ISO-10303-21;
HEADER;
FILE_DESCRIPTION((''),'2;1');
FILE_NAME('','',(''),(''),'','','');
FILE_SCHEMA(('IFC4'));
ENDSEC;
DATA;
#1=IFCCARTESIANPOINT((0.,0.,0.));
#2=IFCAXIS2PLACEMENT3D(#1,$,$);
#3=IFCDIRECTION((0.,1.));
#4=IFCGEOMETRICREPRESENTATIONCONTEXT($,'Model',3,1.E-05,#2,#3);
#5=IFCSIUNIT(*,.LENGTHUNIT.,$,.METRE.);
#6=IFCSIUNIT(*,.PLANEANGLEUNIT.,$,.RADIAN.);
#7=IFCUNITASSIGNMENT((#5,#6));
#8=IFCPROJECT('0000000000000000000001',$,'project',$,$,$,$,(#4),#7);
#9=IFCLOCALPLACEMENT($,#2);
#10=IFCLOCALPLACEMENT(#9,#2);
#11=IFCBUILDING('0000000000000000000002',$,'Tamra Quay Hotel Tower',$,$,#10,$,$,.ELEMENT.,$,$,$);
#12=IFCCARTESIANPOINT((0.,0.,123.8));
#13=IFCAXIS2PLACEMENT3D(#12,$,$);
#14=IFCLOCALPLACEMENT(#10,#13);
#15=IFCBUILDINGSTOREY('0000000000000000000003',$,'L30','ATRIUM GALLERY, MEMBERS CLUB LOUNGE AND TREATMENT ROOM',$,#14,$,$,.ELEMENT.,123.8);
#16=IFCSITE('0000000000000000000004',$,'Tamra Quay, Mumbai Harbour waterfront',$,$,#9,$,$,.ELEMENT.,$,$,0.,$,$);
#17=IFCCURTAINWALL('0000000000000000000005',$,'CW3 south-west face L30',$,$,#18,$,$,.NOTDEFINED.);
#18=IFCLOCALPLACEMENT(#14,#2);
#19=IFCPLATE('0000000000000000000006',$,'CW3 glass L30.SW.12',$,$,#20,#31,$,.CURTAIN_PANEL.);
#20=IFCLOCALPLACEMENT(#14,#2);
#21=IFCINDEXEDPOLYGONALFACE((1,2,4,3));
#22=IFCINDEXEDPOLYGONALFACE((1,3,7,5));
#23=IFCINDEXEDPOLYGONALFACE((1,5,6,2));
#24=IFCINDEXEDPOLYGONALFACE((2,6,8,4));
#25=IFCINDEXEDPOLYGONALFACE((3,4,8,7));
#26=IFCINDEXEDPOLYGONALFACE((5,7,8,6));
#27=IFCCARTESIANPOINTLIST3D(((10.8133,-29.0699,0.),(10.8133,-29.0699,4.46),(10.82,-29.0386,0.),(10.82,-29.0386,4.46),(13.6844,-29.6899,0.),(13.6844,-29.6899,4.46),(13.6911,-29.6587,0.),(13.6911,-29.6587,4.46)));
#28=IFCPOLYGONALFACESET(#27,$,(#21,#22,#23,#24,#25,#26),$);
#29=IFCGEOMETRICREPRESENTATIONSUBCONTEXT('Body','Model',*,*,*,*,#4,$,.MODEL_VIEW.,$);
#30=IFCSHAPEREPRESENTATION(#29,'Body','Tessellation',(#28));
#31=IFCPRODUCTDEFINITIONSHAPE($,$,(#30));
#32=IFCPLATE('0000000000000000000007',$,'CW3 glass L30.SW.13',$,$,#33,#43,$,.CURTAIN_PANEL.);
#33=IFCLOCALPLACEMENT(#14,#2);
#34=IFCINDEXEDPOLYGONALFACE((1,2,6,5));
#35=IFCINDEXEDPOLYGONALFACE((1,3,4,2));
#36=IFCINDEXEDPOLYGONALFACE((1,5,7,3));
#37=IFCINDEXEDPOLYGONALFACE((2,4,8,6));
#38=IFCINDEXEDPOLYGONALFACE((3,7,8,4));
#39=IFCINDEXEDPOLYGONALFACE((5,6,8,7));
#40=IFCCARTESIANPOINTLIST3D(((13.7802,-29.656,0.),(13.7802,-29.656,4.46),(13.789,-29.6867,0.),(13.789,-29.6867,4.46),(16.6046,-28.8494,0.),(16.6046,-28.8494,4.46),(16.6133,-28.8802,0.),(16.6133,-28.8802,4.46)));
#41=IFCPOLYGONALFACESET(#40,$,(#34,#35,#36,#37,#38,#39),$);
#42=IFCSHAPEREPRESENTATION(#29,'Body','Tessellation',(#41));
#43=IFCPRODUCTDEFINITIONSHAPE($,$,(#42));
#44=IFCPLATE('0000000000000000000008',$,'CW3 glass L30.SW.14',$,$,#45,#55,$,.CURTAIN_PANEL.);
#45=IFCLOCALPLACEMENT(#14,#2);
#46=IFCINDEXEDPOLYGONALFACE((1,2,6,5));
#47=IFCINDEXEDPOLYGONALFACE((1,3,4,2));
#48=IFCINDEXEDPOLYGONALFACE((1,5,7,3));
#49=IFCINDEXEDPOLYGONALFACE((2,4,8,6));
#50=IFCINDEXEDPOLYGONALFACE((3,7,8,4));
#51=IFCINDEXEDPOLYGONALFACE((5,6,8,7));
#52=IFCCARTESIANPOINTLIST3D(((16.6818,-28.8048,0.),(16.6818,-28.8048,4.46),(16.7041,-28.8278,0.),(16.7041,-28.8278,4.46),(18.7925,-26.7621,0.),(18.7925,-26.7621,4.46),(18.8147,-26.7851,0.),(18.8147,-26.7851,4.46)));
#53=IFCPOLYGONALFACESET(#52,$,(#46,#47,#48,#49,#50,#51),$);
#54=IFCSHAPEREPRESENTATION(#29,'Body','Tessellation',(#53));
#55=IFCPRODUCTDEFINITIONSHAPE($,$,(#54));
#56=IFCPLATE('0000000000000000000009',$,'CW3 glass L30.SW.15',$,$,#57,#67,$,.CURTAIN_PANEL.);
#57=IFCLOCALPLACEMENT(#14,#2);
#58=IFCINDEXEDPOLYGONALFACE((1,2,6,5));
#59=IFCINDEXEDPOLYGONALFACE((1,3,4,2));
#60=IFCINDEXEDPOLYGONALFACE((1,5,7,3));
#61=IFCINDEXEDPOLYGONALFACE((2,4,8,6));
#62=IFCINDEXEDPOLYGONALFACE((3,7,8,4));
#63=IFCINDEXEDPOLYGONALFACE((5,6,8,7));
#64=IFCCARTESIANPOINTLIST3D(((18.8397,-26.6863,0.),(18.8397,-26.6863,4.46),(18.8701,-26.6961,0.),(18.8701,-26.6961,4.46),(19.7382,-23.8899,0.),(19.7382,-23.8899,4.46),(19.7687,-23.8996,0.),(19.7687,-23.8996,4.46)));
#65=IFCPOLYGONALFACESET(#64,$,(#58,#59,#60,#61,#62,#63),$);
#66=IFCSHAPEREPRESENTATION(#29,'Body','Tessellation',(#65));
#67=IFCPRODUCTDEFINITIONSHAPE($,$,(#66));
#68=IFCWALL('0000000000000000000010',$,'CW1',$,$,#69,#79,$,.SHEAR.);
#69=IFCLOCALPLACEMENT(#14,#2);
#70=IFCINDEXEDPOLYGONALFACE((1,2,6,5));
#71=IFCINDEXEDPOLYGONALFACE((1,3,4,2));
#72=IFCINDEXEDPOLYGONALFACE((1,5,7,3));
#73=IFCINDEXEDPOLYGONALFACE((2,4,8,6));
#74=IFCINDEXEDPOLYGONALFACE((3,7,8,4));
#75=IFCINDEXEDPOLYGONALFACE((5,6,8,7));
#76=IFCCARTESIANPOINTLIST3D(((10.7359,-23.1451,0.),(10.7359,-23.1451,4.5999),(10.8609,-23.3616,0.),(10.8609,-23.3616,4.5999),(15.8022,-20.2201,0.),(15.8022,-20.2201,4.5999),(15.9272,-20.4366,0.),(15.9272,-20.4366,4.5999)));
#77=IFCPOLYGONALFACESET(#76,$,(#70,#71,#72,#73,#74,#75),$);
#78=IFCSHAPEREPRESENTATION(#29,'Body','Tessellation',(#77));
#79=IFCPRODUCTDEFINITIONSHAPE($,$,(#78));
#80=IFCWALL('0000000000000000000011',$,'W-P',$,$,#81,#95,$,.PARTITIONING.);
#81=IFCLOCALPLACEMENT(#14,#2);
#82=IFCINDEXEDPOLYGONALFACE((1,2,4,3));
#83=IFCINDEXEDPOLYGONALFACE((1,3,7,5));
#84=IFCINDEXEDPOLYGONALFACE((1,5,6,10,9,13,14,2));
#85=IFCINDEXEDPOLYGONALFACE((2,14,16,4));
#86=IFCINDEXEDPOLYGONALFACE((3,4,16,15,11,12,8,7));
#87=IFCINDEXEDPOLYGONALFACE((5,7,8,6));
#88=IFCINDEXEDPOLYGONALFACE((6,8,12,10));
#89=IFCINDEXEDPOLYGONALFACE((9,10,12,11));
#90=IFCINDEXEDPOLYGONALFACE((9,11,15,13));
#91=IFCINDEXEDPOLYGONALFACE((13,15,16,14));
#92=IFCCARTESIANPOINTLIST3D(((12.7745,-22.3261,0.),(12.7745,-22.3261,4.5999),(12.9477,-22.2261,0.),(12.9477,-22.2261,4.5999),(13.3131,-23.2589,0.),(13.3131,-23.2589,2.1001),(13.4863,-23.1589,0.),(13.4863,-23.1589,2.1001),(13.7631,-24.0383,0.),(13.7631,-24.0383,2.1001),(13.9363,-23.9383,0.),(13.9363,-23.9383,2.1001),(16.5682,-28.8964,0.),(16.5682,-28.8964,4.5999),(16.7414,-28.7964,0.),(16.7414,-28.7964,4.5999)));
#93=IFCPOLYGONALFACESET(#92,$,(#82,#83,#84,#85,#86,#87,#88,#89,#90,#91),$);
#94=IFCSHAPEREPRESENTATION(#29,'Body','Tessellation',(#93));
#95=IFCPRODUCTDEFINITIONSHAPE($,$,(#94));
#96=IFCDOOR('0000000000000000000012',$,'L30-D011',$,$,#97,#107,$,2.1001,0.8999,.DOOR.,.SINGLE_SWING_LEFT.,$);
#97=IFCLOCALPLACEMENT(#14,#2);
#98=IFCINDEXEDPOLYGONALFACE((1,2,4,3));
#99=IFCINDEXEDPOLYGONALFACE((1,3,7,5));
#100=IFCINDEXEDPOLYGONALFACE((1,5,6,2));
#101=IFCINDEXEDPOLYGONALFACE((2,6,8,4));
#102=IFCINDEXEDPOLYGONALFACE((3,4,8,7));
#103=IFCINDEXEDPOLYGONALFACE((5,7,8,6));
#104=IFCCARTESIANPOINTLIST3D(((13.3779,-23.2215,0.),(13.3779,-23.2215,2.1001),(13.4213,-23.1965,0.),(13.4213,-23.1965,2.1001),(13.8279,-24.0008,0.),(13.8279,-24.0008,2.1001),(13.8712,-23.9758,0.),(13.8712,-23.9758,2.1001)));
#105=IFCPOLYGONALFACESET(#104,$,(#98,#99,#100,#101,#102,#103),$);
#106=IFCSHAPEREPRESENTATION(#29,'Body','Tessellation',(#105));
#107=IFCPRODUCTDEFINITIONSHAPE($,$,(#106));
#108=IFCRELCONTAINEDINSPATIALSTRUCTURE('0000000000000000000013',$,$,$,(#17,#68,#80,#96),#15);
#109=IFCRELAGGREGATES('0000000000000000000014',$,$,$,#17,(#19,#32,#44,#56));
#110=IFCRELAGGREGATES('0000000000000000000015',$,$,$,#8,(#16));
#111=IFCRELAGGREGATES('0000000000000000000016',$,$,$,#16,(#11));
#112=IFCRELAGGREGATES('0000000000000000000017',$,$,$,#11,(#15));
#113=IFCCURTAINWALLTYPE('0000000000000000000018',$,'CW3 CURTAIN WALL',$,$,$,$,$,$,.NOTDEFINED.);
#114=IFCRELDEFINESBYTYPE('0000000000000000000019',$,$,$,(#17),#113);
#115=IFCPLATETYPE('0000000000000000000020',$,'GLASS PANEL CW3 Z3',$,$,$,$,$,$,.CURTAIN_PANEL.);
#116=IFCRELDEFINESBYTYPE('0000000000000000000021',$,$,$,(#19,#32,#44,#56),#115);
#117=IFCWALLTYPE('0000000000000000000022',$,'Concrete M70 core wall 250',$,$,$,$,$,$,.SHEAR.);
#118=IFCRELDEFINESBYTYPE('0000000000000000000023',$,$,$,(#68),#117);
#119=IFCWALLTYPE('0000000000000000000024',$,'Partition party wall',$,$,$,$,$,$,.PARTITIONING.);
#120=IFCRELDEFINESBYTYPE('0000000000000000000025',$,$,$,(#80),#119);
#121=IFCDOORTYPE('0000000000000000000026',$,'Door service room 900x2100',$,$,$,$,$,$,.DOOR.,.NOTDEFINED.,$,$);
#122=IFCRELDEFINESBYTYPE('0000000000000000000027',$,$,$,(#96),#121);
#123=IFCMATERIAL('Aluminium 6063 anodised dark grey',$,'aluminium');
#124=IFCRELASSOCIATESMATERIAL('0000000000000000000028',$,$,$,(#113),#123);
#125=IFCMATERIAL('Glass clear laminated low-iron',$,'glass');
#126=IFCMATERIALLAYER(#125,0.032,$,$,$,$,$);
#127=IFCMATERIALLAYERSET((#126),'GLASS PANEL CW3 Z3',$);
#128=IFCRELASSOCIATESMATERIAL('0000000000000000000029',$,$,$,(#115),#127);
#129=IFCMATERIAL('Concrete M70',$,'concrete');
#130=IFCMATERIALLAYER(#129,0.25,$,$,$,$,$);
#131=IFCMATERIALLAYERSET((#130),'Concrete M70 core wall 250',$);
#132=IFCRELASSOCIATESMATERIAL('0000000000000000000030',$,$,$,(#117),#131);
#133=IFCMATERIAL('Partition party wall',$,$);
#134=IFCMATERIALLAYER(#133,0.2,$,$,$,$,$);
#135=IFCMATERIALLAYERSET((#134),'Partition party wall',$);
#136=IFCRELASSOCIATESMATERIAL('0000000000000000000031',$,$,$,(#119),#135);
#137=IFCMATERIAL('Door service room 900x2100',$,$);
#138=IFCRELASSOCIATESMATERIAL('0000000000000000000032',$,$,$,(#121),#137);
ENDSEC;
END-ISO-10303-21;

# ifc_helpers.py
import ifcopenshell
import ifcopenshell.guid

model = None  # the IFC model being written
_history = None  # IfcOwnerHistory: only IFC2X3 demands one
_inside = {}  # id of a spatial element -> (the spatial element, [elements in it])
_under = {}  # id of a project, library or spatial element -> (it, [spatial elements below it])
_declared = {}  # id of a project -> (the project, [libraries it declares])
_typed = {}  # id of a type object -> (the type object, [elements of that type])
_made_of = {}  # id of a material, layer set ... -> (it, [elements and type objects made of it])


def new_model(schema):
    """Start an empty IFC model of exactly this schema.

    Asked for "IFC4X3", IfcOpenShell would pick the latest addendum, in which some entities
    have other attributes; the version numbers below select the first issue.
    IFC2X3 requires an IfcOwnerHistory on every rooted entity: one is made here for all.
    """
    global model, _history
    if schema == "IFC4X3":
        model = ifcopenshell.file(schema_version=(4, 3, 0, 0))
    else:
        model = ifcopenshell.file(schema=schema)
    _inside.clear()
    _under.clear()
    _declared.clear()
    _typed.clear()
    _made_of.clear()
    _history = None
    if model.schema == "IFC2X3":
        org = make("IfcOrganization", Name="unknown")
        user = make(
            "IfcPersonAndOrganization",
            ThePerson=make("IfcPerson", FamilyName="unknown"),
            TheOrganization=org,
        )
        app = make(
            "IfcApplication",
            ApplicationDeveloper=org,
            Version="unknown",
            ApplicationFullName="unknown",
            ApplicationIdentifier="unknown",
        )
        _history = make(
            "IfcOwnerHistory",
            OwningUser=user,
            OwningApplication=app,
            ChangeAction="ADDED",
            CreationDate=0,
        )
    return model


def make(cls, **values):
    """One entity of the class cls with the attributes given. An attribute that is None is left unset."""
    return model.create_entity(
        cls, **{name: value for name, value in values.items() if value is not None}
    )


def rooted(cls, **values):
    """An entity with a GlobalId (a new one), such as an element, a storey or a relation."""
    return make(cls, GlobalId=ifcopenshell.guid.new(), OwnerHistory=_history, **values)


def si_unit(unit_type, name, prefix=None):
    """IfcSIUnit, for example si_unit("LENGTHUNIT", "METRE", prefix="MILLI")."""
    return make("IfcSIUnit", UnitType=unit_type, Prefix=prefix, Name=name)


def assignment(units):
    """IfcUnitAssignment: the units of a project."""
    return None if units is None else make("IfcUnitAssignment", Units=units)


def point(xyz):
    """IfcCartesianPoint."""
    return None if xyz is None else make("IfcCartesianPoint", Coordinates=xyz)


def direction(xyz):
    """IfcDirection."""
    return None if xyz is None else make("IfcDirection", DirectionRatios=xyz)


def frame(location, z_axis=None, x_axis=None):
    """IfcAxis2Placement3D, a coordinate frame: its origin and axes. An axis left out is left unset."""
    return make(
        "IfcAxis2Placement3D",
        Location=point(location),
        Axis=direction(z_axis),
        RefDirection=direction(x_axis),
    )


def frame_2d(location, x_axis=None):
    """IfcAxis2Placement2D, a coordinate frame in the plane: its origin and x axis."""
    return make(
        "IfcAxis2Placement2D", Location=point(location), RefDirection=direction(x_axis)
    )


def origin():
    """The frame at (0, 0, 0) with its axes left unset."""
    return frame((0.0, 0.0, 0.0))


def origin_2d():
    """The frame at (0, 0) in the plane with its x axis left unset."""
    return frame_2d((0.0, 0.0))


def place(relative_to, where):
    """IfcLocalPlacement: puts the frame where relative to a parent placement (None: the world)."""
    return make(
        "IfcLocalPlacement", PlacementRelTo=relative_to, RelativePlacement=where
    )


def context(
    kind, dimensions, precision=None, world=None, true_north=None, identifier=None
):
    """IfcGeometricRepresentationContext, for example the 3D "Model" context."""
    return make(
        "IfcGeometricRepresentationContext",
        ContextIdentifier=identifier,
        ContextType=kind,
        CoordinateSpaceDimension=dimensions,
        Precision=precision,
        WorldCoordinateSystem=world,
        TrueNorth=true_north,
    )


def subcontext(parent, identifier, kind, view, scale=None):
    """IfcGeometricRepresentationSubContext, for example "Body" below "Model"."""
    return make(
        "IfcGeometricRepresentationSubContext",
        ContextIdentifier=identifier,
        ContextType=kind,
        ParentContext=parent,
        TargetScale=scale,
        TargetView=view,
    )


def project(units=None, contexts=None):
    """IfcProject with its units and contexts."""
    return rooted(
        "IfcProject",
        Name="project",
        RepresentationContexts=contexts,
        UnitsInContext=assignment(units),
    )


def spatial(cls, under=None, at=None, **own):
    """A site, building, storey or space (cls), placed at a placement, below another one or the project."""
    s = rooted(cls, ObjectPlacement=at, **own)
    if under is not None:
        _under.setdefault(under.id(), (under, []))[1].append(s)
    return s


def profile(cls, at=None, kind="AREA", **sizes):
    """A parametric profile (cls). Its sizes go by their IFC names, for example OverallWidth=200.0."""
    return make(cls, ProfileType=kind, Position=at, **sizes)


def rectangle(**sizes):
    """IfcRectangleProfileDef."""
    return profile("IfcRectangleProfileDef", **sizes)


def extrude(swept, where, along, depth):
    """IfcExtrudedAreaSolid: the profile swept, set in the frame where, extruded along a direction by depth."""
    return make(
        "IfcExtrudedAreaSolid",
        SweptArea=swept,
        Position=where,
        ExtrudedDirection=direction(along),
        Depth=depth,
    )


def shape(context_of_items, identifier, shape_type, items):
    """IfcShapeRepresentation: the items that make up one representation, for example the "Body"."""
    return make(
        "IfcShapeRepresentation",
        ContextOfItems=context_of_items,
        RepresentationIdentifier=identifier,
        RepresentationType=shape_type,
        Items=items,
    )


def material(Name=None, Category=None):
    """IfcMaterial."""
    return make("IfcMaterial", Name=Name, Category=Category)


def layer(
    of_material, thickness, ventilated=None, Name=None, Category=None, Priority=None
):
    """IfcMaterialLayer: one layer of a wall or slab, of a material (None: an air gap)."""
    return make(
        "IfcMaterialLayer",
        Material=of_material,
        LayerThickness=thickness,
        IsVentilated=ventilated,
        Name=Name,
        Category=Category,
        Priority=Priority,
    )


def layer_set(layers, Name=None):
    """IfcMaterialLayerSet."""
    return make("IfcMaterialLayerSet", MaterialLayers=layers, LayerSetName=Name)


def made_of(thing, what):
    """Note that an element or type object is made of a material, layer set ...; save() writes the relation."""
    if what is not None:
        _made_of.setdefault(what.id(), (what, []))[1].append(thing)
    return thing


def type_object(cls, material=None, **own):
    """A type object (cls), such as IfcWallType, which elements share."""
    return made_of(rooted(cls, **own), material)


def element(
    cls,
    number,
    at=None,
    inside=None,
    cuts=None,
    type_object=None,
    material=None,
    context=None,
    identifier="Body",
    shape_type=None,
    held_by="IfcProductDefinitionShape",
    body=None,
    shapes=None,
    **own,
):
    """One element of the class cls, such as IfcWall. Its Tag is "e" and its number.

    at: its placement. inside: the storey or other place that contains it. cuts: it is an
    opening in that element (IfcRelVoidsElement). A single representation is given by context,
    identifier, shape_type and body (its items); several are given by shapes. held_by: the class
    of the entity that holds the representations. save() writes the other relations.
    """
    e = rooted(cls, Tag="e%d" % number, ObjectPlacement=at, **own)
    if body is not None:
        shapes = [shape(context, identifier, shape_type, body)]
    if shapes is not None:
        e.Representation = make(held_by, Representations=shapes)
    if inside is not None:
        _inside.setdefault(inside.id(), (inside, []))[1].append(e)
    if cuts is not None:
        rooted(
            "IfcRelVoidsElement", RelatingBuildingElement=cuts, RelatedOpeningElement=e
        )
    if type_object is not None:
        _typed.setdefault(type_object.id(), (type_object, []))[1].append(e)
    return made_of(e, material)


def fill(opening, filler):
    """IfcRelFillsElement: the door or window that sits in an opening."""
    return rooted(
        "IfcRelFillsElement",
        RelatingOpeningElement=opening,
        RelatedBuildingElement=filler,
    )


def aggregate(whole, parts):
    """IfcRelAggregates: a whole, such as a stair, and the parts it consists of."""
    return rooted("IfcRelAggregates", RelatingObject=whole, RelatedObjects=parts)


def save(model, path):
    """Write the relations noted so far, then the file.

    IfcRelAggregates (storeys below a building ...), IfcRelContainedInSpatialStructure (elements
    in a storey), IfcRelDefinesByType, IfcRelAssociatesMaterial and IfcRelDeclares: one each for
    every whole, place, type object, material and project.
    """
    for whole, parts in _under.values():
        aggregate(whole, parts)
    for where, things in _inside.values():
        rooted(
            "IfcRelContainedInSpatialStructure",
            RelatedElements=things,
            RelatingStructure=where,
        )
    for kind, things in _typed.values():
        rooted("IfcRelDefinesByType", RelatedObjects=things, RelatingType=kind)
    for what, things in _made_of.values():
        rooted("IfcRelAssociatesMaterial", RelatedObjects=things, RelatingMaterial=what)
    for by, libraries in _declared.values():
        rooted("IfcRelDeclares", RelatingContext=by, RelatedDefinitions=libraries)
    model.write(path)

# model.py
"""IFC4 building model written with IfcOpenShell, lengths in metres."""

from ifc_helpers import new_model, si_unit, direction, frame, frame_2d, origin, origin_2d, place, context, subcontext, project, spatial, rectangle, extrude, material, layer, layer_set, type_object, element, fill, aggregate, save


model = new_model("IFC4")

# Units and contexts
model_context = context("Model", 3, precision=1e-05, world=origin(), true_north=direction((0.0, 1.0)))
body_context = subcontext(model_context, "Body", "Model", "MODEL_VIEW")
ifc_project = project(units=[si_unit("LENGTHUNIT", "METRE"), si_unit("PLANEANGLEUNIT", "RADIAN")], contexts=[model_context])

# Site, building, storey
site_placement = place(None, origin())
site = spatial("IfcSite", under=ifc_project, at=site_placement, Name="Tamra Quay, Mumbai Harbour waterfront", CompositionType="ELEMENT", RefElevation=0.0)
building_placement = place(site_placement, origin())
building = spatial("IfcBuilding", under=site, at=building_placement, Name="Tamra Quay Hotel Tower", CompositionType="ELEMENT")
storey_placement = place(building_placement, frame((0.0, 0.0, 123.8)))
storey = spatial("IfcBuildingStorey", under=building, at=storey_placement, Name="L30", Description="ATRIUM GALLERY, MEMBERS CLUB LOUNGE AND TREATMENT ROOM", CompositionType="ELEMENT", Elevation=123.8)

# Shared definitions
ifc_material_1 = material(Name="Concrete M70", Category="concrete")

# Curtain wall
ifc_material_2 = material(Name="Aluminium 6063 anodised dark grey", Category="aluminium")
curtain_wall_type_1 = type_object("IfcCurtainWallType", Name="CW3 CURTAIN WALL", PredefinedType="NOTDEFINED", material=ifc_material_2)
curtain_wall_1_placement = place(storey_placement, origin())
curtain_wall_1 = element("IfcCurtainWall", 1, at=curtain_wall_1_placement, inside=storey, type_object=curtain_wall_type_1, Name="CW3 south-west face L30", PredefinedType="NOTDEFINED")

# Plates
ifc_material_3 = material(Name="Glass clear laminated low-iron", Category="glass")
ifc_layer_1 = layer(ifc_material_3, 0.032)
ifc_layer_set_1 = layer_set([ifc_layer_1], Name="GLASS PANEL CW3 Z3")
plate_type_1 = type_object("IfcPlateType", Name="GLASS PANEL CW3 Z3", PredefinedType="CURTAIN_PANEL", material=ifc_layer_set_1)
plate_1_placement = place(storey_placement, frame((12.2522, -29.3643, 0.0), z_axis=(0.0, 0.0, 1.0), x_axis=(0.977465, -0.211099, 0.0)))
plate_1 = element("IfcPlate", 2, at=plate_1_placement, type_object=plate_type_1, Name="CW3 glass L30.SW.12", PredefinedType="CURTAIN_PANEL", context=body_context, shape_type="SweptSolid", body=[
    extrude(rectangle(XDim=2.9373, YDim=0.032, at=origin_2d()), origin(), (0.0, 0.0, 1.0), 4.46),
])
plate_2_placement = place(storey_placement, frame((15.1968, -29.2681, 0.0), z_axis=(0.0, 0.0, 1.0), x_axis=(0.961561, 0.274593, 0.0)))
plate_2 = element("IfcPlate", 3, at=plate_2_placement, type_object=plate_type_1, Name="CW3 glass L30.SW.13", PredefinedType="CURTAIN_PANEL", context=body_context, shape_type="SweptSolid", body=[
    extrude(rectangle(XDim=2.9373, YDim=0.032, at=origin_2d()), origin(), (0.0, 0.0, 1.0), 4.46),
])
plate_3_placement = place(storey_placement, frame((17.7483, -27.7949, 0.0), z_axis=(0.0, 0.0, 1.0), x_axis=(0.718584, 0.69544, 0.0)))
plate_3 = element("IfcPlate", 4, at=plate_3_placement, type_object=plate_type_1, Name="CW3 glass L30.SW.14", PredefinedType="CURTAIN_PANEL", context=body_context, shape_type="SweptSolid", body=[
    extrude(rectangle(XDim=2.9373, YDim=0.032, at=origin_2d()), origin(), (0.0, 0.0, 1.0), 4.46),
])
plate_4_placement = place(storey_placement, frame((19.3042, -25.293, 0.0), z_axis=(0.0, 0.0, 1.0), x_axis=(0.305915, 0.952059, 0.0)))
plate_4 = element("IfcPlate", 5, at=plate_4_placement, type_object=plate_type_1, Name="CW3 glass L30.SW.15", PredefinedType="CURTAIN_PANEL", context=body_context, shape_type="SweptSolid", body=[
    extrude(rectangle(XDim=2.9373, YDim=0.032, at=origin_2d()), origin(), (0.0, 0.0, 1.0), 4.46),
])
aggregate(curtain_wall_1, [plate_1, plate_2, plate_3, plate_4])

# Wall
ifc_layer_2 = layer(ifc_material_1, 0.25)
ifc_layer_set_2 = layer_set([ifc_layer_2], Name="Concrete M70 core wall 250")
wall_type_1 = type_object("IfcWallType", Name="Concrete M70 core wall 250", PredefinedType="SHEAR", material=ifc_layer_set_2)
wall_1_placement = place(storey_placement, frame((15.8647, -20.3284, 0.0), z_axis=(0.0, 0.0, 1.0), x_axis=(-0.866029, -0.499995, 0.0)))
element("IfcWall", 6, at=wall_1_placement, inside=storey, type_object=wall_type_1, Name="CW1", PredefinedType="SHEAR", context=body_context, shape_type="SweptSolid", body=[
    extrude(rectangle(XDim=5.8501, YDim=0.25, at=frame_2d((2.925, 0.0))), origin(), (0.0, 0.0, 1.0), 4.5999),
])

# Wall, opening, door
ifc_material_4 = material(Name="Partition party wall")
ifc_layer_3 = layer(ifc_material_4, 0.2)
ifc_layer_set_3 = layer_set([ifc_layer_3], Name="Partition party wall")
wall_type_2 = type_object("IfcWallType", Name="Partition party wall", PredefinedType="PARTITIONING", material=ifc_layer_set_3)
wall_2_placement = place(storey_placement, frame((12.8611, -22.2761, 0.0), z_axis=(0.0, 0.0, 1.0), x_axis=(0.500033, -0.866007, 0.0)))
wall_2 = element("IfcWall", 7, at=wall_2_placement, inside=storey, type_object=wall_type_2, Name="W-P", PredefinedType="PARTITIONING", context=body_context, shape_type="SweptSolid", body=[
    extrude(rectangle(XDim=7.5869, YDim=0.2, at=frame_2d((3.7935, 0.0))), origin(), (0.0, 0.0, 1.0), 4.5999),
])
opening_placement = place(wall_2_placement, frame((1.0771, 0.0, 0.0)))
opening = element("IfcOpeningElement", 8, at=opening_placement, cuts=wall_2, PredefinedType="OPENING", context=body_context, shape_type="SweptSolid", body=[
    extrude(rectangle(XDim=0.8999, YDim=2.1001, at=frame_2d((0.45, 1.05))), frame((0.0, 0.1099, 0.0), z_axis=(0.0, -1.0, 0.0), x_axis=(1.0, 0.0, 0.0)), (0.0, 0.0, 1.0), 0.22),
])
ifc_material_5 = material(Name="Door service room 900x2100")
door_type = type_object("IfcDoorType", Name="Door service room 900x2100", OperationType="NOTDEFINED", PredefinedType="DOOR", material=ifc_material_5)
door_placement = place(opening_placement, origin())
door = element("IfcDoor", 9, at=door_placement, inside=storey, type_object=door_type, Name="L30-D011", OperationType="SINGLE_SWING_LEFT", OverallHeight=2.1001, OverallWidth=0.8999, PredefinedType="DOOR", context=body_context, shape_type="SweptSolid", body=[
    extrude(rectangle(XDim=0.8999, YDim=2.1001, at=frame_2d((0.45, 1.05))), frame((0.0, 0.0249, 0.0), z_axis=(0.0, -1.0, 0.0), x_axis=(1.0, 0.0, 0.0)), (0.0, 0.0, 1.0), 0.05),
])
fill(opening, door)

save(model, "model.ifc")
